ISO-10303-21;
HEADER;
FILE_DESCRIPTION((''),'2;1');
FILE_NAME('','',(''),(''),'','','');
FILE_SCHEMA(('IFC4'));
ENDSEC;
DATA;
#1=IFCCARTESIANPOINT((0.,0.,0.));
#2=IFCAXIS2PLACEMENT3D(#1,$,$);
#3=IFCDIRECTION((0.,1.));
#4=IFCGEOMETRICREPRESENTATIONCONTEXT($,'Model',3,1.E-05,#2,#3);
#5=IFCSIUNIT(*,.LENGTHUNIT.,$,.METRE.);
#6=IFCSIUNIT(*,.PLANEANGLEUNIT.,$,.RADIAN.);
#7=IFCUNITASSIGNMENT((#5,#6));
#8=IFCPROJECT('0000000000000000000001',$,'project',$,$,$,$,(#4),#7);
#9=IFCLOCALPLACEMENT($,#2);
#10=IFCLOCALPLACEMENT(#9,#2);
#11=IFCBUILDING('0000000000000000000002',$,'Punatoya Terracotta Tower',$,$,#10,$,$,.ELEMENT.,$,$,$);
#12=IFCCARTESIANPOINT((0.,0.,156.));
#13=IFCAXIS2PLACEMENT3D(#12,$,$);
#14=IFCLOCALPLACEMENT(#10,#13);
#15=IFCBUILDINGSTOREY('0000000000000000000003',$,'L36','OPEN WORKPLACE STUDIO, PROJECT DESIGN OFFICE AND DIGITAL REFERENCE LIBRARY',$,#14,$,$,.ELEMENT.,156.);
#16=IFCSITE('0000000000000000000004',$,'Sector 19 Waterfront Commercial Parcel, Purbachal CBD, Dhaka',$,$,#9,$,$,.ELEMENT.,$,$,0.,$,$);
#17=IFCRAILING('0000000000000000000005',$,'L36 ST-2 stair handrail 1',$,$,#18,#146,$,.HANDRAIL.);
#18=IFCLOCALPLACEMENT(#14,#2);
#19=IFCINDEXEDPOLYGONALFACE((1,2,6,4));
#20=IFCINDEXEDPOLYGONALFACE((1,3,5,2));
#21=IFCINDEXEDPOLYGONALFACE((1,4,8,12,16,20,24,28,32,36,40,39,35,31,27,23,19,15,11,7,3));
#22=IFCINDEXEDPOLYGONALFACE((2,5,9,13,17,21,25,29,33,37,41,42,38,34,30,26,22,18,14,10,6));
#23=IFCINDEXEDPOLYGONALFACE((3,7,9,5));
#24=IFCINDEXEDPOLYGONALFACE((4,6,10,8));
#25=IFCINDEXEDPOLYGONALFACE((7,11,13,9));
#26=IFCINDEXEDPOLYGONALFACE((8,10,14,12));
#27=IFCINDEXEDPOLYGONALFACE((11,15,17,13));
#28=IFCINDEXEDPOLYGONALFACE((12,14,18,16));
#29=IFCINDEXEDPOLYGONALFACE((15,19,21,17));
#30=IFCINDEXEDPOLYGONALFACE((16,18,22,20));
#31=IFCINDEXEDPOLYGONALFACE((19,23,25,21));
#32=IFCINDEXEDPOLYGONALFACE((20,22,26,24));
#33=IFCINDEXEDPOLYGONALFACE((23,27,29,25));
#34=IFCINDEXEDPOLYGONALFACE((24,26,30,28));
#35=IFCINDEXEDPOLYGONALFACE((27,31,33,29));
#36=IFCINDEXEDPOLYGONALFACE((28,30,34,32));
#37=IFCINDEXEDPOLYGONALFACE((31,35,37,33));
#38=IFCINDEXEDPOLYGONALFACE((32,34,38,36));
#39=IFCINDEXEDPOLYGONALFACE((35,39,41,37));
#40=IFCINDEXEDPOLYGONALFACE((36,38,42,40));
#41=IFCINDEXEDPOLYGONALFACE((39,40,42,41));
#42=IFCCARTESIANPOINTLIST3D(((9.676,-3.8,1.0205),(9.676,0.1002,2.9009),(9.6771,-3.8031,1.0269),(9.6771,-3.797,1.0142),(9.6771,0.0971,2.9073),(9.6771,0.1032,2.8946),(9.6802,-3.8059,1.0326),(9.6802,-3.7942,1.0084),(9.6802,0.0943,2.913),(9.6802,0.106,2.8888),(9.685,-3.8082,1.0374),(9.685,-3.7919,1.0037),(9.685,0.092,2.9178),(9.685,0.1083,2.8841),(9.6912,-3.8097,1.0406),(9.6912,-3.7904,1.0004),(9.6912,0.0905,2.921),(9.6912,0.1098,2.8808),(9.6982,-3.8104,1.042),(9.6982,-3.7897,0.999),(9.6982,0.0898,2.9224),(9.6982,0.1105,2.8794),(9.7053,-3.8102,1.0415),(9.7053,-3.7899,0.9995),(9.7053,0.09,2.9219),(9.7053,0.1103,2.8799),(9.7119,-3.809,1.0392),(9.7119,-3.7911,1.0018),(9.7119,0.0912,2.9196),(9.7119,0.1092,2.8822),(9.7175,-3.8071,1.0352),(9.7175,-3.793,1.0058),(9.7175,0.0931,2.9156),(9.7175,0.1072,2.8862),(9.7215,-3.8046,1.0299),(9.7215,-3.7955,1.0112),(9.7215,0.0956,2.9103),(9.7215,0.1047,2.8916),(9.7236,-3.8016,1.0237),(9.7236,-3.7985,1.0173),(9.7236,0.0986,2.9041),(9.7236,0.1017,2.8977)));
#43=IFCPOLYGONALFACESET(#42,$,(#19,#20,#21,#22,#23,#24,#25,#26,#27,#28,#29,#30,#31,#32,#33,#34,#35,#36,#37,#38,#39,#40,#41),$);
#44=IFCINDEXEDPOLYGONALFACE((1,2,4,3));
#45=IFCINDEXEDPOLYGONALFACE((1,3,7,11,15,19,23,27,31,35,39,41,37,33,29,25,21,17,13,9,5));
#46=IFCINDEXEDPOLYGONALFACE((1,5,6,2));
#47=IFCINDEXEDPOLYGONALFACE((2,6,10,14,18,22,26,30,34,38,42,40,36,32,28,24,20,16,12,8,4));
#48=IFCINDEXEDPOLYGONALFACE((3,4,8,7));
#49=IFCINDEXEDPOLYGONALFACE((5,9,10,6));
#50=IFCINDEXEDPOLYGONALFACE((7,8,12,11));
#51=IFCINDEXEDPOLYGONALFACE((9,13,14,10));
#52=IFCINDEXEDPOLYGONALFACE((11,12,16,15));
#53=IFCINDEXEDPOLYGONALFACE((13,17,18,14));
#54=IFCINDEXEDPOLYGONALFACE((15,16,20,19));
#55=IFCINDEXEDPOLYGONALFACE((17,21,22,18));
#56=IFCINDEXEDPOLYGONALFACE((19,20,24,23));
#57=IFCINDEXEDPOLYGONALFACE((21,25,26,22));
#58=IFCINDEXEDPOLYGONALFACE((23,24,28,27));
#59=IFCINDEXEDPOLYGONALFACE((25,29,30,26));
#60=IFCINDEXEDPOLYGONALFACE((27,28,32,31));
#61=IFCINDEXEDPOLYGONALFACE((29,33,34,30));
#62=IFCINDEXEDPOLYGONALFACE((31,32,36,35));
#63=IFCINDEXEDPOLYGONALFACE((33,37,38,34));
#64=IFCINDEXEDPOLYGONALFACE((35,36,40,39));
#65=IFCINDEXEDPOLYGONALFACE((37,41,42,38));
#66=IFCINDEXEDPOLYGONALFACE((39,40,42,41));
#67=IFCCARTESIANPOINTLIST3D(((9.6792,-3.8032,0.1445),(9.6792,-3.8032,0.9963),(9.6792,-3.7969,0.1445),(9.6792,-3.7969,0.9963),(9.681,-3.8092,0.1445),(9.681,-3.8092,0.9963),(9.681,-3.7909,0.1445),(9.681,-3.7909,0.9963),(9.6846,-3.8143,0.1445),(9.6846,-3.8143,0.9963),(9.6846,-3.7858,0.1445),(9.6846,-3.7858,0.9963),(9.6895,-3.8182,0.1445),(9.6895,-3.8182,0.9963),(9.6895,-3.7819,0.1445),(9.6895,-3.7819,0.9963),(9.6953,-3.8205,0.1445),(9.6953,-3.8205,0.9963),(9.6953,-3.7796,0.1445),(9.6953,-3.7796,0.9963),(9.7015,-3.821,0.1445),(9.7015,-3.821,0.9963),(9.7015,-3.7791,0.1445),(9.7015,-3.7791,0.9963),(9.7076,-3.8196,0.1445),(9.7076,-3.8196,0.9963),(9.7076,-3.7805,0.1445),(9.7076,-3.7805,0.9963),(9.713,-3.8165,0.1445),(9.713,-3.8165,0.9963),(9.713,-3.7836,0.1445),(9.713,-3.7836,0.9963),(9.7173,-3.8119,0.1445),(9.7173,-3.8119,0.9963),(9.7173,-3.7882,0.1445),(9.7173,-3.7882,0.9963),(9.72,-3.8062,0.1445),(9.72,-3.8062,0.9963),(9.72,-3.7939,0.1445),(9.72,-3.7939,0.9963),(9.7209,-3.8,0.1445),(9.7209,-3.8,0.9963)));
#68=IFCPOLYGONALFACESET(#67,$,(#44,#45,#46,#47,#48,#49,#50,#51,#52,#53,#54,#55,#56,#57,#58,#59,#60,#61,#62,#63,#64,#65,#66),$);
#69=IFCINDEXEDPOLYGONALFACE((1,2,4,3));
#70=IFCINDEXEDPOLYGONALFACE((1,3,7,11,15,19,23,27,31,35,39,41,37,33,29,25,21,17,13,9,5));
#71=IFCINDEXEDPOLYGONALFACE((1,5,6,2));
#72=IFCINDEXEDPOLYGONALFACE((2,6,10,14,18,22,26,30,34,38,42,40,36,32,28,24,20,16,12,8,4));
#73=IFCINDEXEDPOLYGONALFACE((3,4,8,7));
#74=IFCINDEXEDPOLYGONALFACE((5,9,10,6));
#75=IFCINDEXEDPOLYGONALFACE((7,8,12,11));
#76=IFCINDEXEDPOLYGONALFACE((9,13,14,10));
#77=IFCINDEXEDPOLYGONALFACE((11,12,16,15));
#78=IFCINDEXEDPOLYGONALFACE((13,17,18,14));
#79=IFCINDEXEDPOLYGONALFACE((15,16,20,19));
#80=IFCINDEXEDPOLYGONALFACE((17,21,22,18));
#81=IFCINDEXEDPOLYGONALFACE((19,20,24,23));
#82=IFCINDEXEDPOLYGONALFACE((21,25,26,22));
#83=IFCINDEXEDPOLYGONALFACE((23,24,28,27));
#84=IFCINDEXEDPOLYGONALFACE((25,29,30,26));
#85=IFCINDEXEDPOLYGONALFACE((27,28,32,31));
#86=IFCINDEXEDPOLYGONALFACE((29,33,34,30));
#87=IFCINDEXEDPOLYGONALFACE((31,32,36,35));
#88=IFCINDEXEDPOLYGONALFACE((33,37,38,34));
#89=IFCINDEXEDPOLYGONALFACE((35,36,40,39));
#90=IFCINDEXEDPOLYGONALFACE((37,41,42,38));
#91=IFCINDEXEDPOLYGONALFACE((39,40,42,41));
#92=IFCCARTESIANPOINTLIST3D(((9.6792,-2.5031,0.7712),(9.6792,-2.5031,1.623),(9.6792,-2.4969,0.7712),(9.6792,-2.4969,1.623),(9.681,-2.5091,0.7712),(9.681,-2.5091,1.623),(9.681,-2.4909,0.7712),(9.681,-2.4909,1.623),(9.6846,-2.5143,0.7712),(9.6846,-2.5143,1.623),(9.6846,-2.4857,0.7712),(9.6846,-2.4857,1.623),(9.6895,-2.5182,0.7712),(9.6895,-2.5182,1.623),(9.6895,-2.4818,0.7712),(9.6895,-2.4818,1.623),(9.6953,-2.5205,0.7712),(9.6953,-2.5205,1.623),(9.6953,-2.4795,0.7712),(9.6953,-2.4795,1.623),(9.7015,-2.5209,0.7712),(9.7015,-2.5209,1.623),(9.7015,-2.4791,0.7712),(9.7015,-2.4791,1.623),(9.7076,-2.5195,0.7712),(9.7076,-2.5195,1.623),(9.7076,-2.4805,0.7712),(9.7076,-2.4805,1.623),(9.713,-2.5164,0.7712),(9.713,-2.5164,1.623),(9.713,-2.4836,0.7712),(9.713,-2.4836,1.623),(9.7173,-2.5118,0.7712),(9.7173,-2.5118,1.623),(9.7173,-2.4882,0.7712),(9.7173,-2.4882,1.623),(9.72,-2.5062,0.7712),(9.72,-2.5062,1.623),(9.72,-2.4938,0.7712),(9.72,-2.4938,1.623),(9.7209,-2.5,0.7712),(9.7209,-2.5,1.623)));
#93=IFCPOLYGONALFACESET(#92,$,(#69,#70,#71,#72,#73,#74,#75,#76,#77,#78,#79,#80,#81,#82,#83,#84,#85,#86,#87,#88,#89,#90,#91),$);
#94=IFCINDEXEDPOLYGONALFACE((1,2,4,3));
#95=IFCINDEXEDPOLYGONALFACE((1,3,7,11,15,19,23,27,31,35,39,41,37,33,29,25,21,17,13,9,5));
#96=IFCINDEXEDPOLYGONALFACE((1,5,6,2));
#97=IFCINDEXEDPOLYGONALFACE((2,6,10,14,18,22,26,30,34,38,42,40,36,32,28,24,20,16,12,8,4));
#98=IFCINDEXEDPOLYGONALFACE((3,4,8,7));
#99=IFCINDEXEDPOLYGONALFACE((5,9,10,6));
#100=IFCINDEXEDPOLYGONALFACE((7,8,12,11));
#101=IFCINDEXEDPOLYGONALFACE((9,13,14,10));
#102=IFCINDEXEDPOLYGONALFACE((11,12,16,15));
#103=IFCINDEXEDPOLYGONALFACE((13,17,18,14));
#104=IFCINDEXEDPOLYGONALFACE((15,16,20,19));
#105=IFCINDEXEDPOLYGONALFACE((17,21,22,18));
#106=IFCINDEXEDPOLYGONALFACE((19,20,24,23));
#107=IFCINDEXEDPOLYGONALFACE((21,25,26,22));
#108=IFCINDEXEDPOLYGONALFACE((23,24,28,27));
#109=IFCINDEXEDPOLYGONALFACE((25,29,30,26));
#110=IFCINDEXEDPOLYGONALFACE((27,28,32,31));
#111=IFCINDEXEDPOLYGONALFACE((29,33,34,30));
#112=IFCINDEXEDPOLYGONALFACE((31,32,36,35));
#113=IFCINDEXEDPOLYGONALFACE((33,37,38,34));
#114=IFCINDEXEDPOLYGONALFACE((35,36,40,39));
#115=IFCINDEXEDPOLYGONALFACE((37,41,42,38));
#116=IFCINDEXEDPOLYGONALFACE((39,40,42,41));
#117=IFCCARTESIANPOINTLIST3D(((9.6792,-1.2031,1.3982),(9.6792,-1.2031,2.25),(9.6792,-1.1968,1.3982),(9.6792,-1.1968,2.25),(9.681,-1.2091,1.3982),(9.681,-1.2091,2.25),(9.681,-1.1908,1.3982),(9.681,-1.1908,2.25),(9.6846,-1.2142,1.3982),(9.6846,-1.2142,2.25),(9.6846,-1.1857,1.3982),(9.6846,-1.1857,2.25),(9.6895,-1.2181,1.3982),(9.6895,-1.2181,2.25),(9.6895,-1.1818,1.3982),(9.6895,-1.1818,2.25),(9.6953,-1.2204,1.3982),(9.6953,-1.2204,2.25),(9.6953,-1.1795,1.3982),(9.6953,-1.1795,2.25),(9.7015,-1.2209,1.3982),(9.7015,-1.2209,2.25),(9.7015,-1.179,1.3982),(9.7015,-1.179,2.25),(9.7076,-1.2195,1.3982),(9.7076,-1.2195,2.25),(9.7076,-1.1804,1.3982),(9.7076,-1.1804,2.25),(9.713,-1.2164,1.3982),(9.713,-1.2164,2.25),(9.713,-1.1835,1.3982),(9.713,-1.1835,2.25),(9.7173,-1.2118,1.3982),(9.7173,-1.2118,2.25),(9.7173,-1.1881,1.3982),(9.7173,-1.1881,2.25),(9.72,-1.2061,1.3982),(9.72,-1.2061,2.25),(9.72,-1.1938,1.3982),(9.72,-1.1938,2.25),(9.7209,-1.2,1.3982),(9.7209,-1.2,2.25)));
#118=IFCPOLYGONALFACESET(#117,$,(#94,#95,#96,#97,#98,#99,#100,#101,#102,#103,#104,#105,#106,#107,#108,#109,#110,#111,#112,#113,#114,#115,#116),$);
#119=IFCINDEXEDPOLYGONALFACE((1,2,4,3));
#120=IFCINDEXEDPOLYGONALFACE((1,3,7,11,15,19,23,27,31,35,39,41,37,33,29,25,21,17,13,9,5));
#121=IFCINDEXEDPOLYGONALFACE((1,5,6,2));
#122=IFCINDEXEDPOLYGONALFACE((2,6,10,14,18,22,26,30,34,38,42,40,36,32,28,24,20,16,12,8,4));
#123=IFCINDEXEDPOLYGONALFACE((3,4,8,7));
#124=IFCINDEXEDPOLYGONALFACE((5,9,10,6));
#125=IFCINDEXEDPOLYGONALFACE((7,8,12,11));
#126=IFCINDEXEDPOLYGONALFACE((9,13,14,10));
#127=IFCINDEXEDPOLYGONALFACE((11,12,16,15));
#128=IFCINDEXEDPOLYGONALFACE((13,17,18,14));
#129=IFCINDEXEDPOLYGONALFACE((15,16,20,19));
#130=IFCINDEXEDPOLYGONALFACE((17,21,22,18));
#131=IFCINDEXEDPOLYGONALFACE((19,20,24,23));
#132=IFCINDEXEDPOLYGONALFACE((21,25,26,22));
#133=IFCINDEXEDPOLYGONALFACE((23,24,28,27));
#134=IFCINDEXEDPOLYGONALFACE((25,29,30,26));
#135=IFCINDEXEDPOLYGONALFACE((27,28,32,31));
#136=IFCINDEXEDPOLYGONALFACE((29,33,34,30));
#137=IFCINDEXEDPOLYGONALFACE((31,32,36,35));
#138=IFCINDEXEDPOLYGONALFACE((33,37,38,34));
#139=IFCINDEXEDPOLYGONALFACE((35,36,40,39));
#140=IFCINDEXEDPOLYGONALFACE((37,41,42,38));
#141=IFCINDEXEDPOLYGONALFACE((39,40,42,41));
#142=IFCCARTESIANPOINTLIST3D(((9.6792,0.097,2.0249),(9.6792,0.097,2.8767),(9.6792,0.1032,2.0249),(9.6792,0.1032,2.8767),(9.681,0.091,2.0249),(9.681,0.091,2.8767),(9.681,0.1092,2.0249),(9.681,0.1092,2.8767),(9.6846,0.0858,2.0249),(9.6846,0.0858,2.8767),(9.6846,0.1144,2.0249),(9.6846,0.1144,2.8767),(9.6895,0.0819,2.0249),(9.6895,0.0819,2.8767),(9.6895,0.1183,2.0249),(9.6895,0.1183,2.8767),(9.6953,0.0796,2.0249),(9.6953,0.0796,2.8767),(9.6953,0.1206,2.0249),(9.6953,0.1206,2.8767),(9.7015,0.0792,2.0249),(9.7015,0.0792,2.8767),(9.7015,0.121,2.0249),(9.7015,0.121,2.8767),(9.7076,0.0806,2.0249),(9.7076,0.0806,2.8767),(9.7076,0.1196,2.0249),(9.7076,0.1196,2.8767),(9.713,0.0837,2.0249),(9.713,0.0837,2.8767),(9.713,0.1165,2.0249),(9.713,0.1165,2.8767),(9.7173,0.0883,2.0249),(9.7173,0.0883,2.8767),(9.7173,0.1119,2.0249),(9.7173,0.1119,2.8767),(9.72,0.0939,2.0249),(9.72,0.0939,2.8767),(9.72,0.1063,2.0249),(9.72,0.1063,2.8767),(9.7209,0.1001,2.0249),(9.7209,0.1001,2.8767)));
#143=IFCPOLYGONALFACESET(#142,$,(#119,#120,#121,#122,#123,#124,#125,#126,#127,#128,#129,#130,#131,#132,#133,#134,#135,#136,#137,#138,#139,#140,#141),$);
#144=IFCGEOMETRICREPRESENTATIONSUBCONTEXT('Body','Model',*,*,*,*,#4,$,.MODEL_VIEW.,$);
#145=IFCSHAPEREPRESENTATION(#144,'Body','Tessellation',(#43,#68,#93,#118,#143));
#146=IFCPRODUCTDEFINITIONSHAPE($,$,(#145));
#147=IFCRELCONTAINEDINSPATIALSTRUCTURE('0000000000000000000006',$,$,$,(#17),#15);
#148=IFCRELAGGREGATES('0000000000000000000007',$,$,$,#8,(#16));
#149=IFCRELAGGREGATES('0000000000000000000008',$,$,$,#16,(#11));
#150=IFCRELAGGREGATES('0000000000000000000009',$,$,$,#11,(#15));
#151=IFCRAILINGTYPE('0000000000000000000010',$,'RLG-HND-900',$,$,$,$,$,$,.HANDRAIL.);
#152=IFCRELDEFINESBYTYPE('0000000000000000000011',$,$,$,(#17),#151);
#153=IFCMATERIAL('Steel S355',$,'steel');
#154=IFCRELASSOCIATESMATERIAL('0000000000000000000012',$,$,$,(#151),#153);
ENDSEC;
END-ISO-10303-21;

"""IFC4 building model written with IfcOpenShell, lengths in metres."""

from ifc_helpers import new_model, si_unit, direction, frame, origin, origin_2d, place, context, subcontext, project, spatial, circle, extrude, material, type_object, element, save


model = new_model("IFC4")

# Units and contexts
model_context = context("Model", 3, precision=1e-05, world=origin(), true_north=direction((0.0, 1.0)))
body_context = subcontext(model_context, "Body", "Model", "MODEL_VIEW")
ifc_project = project(units=[si_unit("LENGTHUNIT", "METRE"), si_unit("PLANEANGLEUNIT", "RADIAN")], contexts=[model_context])

# Site, building, storey
site_placement = place(None, origin())
site = spatial("IfcSite", under=ifc_project, at=site_placement, Name="Sector 19 Waterfront Commercial Parcel, Purbachal CBD, Dhaka", CompositionType="ELEMENT", RefElevation=0.0)
building_placement = place(site_placement, origin())
building = spatial("IfcBuilding", under=site, at=building_placement, Name="Punatoya Terracotta Tower", CompositionType="ELEMENT")
storey_placement = place(building_placement, frame((0.0, 0.0, 156.0)))
storey = spatial("IfcBuildingStorey", under=building, at=storey_placement, Name="L36", Description="OPEN WORKPLACE STUDIO, PROJECT DESIGN OFFICE AND DIGITAL REFERENCE LIBRARY", CompositionType="ELEMENT", Elevation=156.0)

# Shared definitions
ifc_material_1 = material(Name="Steel S355", Category="steel")

# Railing
railing_type = type_object("IfcRailingType", Name="RLG-HND-900", PredefinedType="HANDRAIL", material=ifc_material_1)
railing_placement = place(storey_placement, frame((9.7, -3.8, 0.1445)))
element("IfcRailing", 1, at=railing_placement, inside=storey, type_object=railing_type, Name="L36 ST-2 stair handrail 1", PredefinedType="HANDRAIL", context=body_context, shape_type="SweptSolid", body=[
    extrude(circle(Radius=0.0239, at=origin_2d()), frame((0.0, 0.0, 0.876), z_axis=(0.0, 0.900774, 0.434289), x_axis=(-1.0, 0.0, 0.0)), (0.0, 0.0, 1.0), 4.3298),
    extrude(circle(Radius=0.021, at=origin_2d()), origin(), (0.0, 0.0, 1.0), 0.8518),
    extrude(circle(Radius=0.021, at=origin_2d()), frame((0.0, 1.3, 0.6267)), (0.0, 0.0, 1.0), 0.8518),
    extrude(circle(Radius=0.021, at=origin_2d()), frame((0.0, 2.6001, 1.2537)), (0.0, 0.0, 1.0), 0.8518),
    extrude(circle(Radius=0.021, at=origin_2d()), frame((0.0, 3.9001, 1.8804)), (0.0, 0.0, 1.0), 0.8518),
])

save(model, "model.ifc")
